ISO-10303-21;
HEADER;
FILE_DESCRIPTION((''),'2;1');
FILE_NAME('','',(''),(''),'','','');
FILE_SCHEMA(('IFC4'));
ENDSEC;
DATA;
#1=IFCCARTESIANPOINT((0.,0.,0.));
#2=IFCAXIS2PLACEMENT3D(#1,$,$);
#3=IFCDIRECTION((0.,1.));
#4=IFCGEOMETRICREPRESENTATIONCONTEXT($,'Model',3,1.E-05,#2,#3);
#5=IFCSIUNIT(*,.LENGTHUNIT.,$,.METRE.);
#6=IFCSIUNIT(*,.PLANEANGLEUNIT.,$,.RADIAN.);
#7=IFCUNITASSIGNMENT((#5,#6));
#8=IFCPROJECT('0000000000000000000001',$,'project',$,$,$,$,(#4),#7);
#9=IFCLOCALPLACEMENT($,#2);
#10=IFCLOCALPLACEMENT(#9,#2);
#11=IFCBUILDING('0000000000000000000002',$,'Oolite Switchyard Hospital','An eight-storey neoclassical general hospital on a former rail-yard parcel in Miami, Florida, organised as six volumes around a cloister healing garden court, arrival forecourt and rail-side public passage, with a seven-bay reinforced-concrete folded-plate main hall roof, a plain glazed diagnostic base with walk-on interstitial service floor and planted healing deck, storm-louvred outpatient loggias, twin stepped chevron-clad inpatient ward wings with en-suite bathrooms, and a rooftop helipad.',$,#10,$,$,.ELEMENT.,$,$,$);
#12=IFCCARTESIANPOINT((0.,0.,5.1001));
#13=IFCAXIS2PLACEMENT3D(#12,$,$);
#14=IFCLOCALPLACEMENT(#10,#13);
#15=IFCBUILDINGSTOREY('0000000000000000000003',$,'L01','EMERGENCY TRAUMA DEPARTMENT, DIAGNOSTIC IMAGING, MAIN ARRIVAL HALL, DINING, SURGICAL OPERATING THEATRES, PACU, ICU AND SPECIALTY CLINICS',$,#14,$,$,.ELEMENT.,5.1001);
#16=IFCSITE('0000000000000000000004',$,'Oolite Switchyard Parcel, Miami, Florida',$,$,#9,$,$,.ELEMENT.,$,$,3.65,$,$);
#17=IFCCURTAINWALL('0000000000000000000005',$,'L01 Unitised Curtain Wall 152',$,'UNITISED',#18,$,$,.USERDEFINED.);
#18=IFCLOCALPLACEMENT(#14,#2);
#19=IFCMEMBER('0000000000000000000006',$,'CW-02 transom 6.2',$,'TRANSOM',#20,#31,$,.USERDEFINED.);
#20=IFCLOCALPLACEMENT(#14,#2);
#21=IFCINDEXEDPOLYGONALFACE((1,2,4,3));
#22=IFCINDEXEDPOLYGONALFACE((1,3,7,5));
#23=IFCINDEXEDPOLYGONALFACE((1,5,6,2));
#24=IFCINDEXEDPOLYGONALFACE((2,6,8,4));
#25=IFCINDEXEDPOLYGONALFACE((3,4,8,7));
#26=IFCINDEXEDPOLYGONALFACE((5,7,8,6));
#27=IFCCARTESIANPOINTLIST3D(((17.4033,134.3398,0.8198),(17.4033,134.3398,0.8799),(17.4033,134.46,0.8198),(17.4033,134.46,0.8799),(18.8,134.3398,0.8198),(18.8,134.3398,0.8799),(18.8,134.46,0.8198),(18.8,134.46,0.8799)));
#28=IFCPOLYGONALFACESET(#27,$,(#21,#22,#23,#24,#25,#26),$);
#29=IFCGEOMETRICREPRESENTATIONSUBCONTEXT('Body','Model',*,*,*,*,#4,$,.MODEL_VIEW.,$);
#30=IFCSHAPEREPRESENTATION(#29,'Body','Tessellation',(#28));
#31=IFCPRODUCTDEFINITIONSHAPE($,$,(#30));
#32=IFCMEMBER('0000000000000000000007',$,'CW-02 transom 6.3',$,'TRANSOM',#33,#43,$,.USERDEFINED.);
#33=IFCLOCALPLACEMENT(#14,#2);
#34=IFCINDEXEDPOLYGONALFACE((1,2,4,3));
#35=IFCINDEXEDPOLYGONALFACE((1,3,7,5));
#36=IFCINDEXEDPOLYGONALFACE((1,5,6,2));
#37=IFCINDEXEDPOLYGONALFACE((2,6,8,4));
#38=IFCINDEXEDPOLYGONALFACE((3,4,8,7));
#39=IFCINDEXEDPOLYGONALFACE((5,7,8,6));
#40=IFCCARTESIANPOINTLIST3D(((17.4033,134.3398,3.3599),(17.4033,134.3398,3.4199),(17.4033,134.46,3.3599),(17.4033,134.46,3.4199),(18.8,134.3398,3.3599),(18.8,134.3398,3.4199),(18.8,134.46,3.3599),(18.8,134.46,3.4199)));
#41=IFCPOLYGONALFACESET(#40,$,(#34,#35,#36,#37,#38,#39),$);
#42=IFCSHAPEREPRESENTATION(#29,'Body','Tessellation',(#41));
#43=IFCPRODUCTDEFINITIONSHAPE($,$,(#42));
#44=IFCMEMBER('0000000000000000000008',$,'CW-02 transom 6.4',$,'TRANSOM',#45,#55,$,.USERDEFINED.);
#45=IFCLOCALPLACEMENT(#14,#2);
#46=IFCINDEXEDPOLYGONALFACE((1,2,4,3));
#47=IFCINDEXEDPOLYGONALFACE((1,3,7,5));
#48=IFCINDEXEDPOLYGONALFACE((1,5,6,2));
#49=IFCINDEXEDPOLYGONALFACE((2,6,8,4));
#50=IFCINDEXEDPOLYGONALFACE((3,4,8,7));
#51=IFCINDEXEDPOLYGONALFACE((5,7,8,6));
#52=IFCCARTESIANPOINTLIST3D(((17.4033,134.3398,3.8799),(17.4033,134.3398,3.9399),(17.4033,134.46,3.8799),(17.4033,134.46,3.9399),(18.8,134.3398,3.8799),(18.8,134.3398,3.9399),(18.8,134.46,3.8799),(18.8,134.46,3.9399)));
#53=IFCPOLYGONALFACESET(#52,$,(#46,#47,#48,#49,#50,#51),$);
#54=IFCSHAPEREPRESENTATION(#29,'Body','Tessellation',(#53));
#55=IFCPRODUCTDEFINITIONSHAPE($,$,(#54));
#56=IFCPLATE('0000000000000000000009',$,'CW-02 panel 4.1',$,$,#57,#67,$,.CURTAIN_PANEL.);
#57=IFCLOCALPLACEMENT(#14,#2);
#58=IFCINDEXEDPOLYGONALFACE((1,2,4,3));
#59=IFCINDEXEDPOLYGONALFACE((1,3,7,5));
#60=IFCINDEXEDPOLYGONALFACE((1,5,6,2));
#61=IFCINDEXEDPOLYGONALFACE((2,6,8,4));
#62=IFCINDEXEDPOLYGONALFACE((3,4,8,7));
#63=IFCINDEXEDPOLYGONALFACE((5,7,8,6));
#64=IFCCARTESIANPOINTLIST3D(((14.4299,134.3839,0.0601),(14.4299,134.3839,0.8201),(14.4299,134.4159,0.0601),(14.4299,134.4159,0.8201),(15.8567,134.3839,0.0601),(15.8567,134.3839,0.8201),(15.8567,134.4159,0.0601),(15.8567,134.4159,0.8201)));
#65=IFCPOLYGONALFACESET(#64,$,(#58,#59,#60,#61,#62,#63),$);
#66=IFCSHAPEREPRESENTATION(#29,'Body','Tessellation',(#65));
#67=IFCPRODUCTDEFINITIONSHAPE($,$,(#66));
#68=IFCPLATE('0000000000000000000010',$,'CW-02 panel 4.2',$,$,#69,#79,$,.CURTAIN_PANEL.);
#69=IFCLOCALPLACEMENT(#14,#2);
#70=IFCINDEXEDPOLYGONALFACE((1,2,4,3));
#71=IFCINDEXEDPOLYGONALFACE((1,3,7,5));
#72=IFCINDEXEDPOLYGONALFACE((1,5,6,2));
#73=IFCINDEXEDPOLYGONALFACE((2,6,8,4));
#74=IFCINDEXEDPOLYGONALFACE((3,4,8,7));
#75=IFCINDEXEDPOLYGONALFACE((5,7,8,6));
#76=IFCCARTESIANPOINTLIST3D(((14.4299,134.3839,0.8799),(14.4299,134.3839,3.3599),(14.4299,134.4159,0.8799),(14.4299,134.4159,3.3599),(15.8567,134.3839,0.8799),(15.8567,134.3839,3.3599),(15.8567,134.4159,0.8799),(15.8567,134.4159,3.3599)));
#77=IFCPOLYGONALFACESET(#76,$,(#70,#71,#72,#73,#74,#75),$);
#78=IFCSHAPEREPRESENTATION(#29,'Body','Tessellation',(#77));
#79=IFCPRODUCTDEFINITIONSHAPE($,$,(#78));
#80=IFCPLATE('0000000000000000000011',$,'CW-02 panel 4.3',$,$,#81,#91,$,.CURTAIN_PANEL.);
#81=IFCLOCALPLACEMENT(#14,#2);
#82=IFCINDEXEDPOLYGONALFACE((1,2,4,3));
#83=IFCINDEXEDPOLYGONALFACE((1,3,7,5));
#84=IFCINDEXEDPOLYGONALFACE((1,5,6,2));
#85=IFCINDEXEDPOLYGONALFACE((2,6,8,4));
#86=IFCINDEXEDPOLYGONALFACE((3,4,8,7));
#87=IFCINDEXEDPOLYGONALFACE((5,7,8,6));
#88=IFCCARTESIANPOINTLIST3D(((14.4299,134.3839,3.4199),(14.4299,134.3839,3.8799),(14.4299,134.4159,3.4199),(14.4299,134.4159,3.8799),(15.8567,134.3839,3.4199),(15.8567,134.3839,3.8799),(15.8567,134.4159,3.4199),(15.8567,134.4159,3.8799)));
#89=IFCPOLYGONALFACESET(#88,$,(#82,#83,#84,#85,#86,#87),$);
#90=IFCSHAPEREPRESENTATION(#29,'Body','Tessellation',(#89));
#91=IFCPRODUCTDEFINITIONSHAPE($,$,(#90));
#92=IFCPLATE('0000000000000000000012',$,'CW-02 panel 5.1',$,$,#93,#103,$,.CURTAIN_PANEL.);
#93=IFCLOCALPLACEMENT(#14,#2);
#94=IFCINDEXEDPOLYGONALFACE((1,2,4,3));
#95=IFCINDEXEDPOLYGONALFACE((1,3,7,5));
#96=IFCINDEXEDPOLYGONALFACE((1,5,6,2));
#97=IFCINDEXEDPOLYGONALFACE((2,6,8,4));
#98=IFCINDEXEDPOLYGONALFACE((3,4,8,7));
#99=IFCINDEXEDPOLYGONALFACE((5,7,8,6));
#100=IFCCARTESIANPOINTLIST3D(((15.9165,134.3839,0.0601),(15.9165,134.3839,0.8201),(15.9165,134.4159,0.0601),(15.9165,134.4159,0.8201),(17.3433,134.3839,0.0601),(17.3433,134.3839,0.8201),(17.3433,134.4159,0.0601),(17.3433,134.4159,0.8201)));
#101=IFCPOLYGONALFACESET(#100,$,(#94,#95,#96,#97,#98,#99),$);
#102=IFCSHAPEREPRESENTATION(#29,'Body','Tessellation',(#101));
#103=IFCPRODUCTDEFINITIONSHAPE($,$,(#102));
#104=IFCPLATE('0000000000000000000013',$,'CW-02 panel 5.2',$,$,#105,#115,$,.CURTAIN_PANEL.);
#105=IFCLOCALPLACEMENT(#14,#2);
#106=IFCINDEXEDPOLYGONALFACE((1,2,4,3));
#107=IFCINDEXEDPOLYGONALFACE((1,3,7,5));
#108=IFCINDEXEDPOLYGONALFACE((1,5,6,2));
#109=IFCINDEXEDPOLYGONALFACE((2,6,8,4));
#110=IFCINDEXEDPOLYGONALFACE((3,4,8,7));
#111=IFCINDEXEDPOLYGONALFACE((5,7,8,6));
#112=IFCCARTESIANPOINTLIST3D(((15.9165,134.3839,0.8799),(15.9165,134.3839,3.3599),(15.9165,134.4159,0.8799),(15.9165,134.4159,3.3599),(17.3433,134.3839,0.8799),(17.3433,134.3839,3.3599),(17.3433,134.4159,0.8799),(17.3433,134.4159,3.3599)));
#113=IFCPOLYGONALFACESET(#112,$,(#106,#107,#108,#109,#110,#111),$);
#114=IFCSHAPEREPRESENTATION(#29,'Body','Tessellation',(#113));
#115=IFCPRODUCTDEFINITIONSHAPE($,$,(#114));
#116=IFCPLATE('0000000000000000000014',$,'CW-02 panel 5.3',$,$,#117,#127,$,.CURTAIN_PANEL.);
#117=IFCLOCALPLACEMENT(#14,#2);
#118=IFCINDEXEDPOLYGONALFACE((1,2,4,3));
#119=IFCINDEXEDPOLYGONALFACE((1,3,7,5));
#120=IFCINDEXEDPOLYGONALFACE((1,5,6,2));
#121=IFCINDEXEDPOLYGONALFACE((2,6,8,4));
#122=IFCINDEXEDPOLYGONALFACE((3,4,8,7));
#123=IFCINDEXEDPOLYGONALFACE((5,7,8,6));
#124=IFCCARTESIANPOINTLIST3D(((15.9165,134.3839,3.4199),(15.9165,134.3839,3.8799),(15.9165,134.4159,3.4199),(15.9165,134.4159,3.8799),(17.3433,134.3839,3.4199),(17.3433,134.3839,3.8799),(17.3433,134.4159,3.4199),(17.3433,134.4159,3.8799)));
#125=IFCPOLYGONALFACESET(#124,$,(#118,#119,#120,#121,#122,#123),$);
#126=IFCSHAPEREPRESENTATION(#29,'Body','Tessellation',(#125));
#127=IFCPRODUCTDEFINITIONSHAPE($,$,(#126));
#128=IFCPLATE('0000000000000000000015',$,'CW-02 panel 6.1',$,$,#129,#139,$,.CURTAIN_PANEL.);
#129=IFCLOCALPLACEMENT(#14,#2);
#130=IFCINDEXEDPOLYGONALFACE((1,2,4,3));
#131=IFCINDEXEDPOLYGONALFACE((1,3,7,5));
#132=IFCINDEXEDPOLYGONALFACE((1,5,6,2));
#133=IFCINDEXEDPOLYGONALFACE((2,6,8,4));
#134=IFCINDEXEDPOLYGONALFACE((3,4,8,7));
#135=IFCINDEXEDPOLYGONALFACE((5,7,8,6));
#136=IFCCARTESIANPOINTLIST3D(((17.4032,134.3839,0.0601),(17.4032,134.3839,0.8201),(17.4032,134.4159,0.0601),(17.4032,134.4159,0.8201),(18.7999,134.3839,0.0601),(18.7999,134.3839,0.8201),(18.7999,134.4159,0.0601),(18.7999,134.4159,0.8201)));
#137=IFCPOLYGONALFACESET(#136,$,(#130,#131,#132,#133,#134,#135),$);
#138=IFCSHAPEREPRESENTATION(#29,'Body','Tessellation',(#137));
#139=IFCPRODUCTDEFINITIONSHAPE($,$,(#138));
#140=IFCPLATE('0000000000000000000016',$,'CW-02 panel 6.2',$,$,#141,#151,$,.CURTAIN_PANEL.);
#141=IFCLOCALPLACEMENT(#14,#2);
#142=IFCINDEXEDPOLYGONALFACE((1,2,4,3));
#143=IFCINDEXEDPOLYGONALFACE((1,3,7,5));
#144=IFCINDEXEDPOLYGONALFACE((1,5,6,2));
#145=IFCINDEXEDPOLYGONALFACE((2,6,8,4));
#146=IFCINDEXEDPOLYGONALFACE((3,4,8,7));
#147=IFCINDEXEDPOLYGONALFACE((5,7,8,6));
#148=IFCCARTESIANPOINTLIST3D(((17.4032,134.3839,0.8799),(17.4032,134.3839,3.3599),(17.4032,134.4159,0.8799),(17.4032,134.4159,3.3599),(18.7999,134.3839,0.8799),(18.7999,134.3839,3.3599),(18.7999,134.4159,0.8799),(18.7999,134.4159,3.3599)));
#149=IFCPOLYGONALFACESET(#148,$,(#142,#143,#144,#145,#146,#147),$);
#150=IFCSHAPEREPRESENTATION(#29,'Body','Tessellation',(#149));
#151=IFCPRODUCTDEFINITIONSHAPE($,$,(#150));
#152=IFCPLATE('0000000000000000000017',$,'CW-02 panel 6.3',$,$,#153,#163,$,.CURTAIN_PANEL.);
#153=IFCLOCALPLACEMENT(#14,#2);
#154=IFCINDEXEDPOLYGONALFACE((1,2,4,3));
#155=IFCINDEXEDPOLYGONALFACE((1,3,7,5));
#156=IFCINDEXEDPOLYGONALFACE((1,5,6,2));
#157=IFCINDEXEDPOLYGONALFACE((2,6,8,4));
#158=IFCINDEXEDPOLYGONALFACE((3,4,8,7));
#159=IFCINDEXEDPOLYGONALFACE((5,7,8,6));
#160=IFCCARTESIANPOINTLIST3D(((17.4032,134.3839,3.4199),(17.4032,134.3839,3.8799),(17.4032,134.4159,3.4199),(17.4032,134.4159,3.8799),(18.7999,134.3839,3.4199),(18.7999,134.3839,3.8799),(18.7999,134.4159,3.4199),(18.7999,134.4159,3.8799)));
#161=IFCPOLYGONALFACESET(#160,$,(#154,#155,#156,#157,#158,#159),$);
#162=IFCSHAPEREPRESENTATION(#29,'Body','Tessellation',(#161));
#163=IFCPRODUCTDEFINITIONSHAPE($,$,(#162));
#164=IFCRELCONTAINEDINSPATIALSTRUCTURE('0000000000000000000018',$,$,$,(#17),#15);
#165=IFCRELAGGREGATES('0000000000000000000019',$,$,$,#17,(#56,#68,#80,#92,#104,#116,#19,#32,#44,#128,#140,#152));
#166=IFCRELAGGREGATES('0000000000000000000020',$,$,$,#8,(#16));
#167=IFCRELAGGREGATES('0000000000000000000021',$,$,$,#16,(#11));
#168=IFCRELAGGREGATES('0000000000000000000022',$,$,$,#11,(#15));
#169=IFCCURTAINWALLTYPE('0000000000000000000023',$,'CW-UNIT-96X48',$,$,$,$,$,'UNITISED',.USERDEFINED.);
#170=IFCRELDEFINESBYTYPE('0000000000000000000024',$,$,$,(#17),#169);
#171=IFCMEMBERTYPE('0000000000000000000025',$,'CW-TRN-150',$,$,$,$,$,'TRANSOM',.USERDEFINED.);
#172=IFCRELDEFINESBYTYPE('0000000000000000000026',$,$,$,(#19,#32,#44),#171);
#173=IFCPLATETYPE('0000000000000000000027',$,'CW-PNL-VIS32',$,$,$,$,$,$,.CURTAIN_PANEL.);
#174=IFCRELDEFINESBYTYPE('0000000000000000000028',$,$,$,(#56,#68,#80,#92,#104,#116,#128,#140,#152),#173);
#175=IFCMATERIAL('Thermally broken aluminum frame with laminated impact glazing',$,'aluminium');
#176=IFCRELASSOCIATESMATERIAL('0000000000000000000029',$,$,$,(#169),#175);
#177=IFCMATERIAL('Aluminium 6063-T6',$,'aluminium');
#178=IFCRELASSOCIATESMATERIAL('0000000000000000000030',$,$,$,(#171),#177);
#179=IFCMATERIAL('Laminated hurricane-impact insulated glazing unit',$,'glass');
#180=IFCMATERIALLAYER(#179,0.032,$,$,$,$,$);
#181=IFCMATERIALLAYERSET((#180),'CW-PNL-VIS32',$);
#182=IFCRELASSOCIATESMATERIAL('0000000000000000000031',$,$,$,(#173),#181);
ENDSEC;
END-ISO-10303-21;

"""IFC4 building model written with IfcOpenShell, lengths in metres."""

from ifc_helpers import new_model, si_unit, direction, frame, origin, origin_2d, place, context, subcontext, project, spatial, rectangle, extrude, material, layer, layer_set, material_profile, profile_set, type_object, element, aggregate, save


model = new_model("IFC4")

# Units and contexts
model_context = context("Model", 3, precision=1e-05, world=origin(), true_north=direction((0.0, 1.0)))
body_context = subcontext(model_context, "Body", "Model", "MODEL_VIEW")
ifc_project = project(units=[si_unit("LENGTHUNIT", "METRE"), si_unit("PLANEANGLEUNIT", "RADIAN")], contexts=[model_context])

# Site, building, storey
site_placement = place(None, origin())
site = spatial("IfcSite", under=ifc_project, at=site_placement, Name="Oolite Switchyard Parcel, Miami, Florida", CompositionType="ELEMENT", RefElevation=3.65)
building_placement = place(site_placement, origin())
building = spatial("IfcBuilding", under=site, at=building_placement, Name="Oolite Switchyard Hospital", Description="An eight-storey neoclassical general hospital on a former rail-yard parcel in Miami, Florida, organised as six volumes around a cloister healing garden court, arrival forecourt and rail-side public passage, with a seven-bay reinforced-concrete folded-plate main hall roof, a plain glazed diagnostic base with walk-on interstitial service floor and planted healing deck, storm-louvred outpatient loggias, twin stepped chevron-clad inpatient ward wings with en-suite bathrooms, and a rooftop helipad.", CompositionType="ELEMENT")
storey_placement = place(building_placement, frame((0.0, 0.0, 5.1001)))
storey = spatial("IfcBuildingStorey", under=building, at=storey_placement, Name="L01", Description="EMERGENCY TRAUMA DEPARTMENT, DIAGNOSTIC IMAGING, MAIN ARRIVAL HALL, DINING, SURGICAL OPERATING THEATRES, PACU, ICU AND SPECIALTY CLINICS", CompositionType="ELEMENT", Elevation=5.1001)

# Curtain wall, members, plates
ifc_material_1 = material(Name="Thermally broken aluminum frame with laminated impact glazing", Category="aluminium")
curtain_wall_type = type_object("IfcCurtainWallType", Name="CW-UNIT-96X48", ElementType="UNITISED", PredefinedType="USERDEFINED", material=ifc_material_1)
curtain_wall_placement = place(storey_placement, origin())
curtain_wall = element("IfcCurtainWall", 1, at=curtain_wall_placement, inside=storey, type_object=curtain_wall_type, Name="L01 Unitised Curtain Wall 152", ObjectType="UNITISED", PredefinedType="USERDEFINED")
ifc_material_2 = material(Name="Aluminium 6063-T6", Category="aluminium")
ifc_material_profile_1 = material_profile(ifc_material_2, rectangle(XDim=0.1201, YDim=0.0601, at=origin_2d()), Name="CWT60X120")
ifc_profile_set_1 = profile_set([ifc_material_profile_1], Name="Aluminium 6063-T6")
member_type_1 = type_object("IfcMemberType", Name="CW-TRN-150", ElementType="TRANSOM", PredefinedType="USERDEFINED", material=ifc_profile_set_1)
member_1_placement = place(storey_placement, frame((17.4033, 134.3999, 0.8499), z_axis=(1.0, 0.0, 0.0), x_axis=(0.0, 1.0, 0.0)))
member_1 = element("IfcMember", 2, at=member_1_placement, type_object=member_type_1, Name="CW-02 transom 6.2", ObjectType="TRANSOM", PredefinedType="USERDEFINED", context=body_context, shape_type="SweptSolid", body=[
    extrude(rectangle(XDim=0.1201, YDim=0.0601, at=origin_2d()), origin(), (0.0, 0.0, 1.0), 1.3967),
])
member_2_placement = place(storey_placement, frame((17.4033, 134.3999, 3.3899), z_axis=(1.0, 0.0, 0.0), x_axis=(0.0, 1.0, 0.0)))
member_2 = element("IfcMember", 3, at=member_2_placement, type_object=member_type_1, Name="CW-02 transom 6.3", ObjectType="TRANSOM", PredefinedType="USERDEFINED", context=body_context, shape_type="SweptSolid", body=[
    extrude(rectangle(XDim=0.1201, YDim=0.0601, at=origin_2d()), origin(), (0.0, 0.0, 1.0), 1.3967),
])
member_3_placement = place(storey_placement, frame((17.4033, 134.3999, 3.9099), z_axis=(1.0, 0.0, 0.0), x_axis=(0.0, 1.0, 0.0)))
member_3 = element("IfcMember", 4, at=member_3_placement, type_object=member_type_1, Name="CW-02 transom 6.4", ObjectType="TRANSOM", PredefinedType="USERDEFINED", context=body_context, shape_type="SweptSolid", body=[
    extrude(rectangle(XDim=0.1201, YDim=0.0601, at=origin_2d()), origin(), (0.0, 0.0, 1.0), 1.3967),
])
ifc_material_3 = material(Name="Laminated hurricane-impact insulated glazing unit", Category="glass")
ifc_layer = layer(ifc_material_3, 0.032)
ifc_layer_set = layer_set([ifc_layer], Name="CW-PNL-VIS32")
plate_type = type_object("IfcPlateType", Name="CW-PNL-VIS32", PredefinedType="CURTAIN_PANEL", material=ifc_layer_set)
plate_1_placement = place(storey_placement, frame((15.1433, 134.3999, 0.0601), z_axis=(0.0, 0.0, 1.0), x_axis=(1.0, 0.0, 0.0)))
plate_1 = element("IfcPlate", 5, at=plate_1_placement, type_object=plate_type, Name="CW-02 panel 4.1", PredefinedType="CURTAIN_PANEL", context=body_context, shape_type="SweptSolid", body=[
    extrude(rectangle(XDim=1.4268, YDim=0.032, at=origin_2d()), origin(), (0.0, 0.0, 1.0), 0.76),
])
plate_2_placement = place(storey_placement, frame((15.1433, 134.3999, 0.8799), z_axis=(0.0, 0.0, 1.0), x_axis=(1.0, 0.0, 0.0)))
plate_2 = element("IfcPlate", 6, at=plate_2_placement, type_object=plate_type, Name="CW-02 panel 4.2", PredefinedType="CURTAIN_PANEL", context=body_context, shape_type="SweptSolid", body=[
    extrude(rectangle(XDim=1.4268, YDim=0.032, at=origin_2d()), origin(), (0.0, 0.0, 1.0), 2.48),
])
plate_3_placement = place(storey_placement, frame((15.1433, 134.3999, 3.4199), z_axis=(0.0, 0.0, 1.0), x_axis=(1.0, 0.0, 0.0)))
plate_3 = element("IfcPlate", 7, at=plate_3_placement, type_object=plate_type, Name="CW-02 panel 4.3", PredefinedType="CURTAIN_PANEL", context=body_context, shape_type="SweptSolid", body=[
    extrude(rectangle(XDim=1.4268, YDim=0.032, at=origin_2d()), origin(), (0.0, 0.0, 1.0), 0.46),
])
plate_4_placement = place(storey_placement, frame((16.6299, 134.3999, 0.0601), z_axis=(0.0, 0.0, 1.0), x_axis=(1.0, 0.0, 0.0)))
plate_4 = element("IfcPlate", 8, at=plate_4_placement, type_object=plate_type, Name="CW-02 panel 5.1", PredefinedType="CURTAIN_PANEL", context=body_context, shape_type="SweptSolid", body=[
    extrude(rectangle(XDim=1.4268, YDim=0.032, at=origin_2d()), origin(), (0.0, 0.0, 1.0), 0.76),
])
plate_5_placement = place(storey_placement, frame((16.6299, 134.3999, 0.8799), z_axis=(0.0, 0.0, 1.0), x_axis=(1.0, 0.0, 0.0)))
plate_5 = element("IfcPlate", 9, at=plate_5_placement, type_object=plate_type, Name="CW-02 panel 5.2", PredefinedType="CURTAIN_PANEL", context=body_context, shape_type="SweptSolid", body=[
    extrude(rectangle(XDim=1.4268, YDim=0.032, at=origin_2d()), origin(), (0.0, 0.0, 1.0), 2.48),
])
plate_6_placement = place(storey_placement, frame((16.6299, 134.3999, 3.4199), z_axis=(0.0, 0.0, 1.0), x_axis=(1.0, 0.0, 0.0)))
plate_6 = element("IfcPlate", 10, at=plate_6_placement, type_object=plate_type, Name="CW-02 panel 5.3", PredefinedType="CURTAIN_PANEL", context=body_context, shape_type="SweptSolid", body=[
    extrude(rectangle(XDim=1.4268, YDim=0.032, at=origin_2d()), origin(), (0.0, 0.0, 1.0), 0.46),
])
plate_7_placement = place(storey_placement, frame((18.1016, 134.3999, 0.0601), z_axis=(0.0, 0.0, 1.0), x_axis=(1.0, 0.0, 0.0)))
plate_7 = element("IfcPlate", 11, at=plate_7_placement, type_object=plate_type, Name="CW-02 panel 6.1", PredefinedType="CURTAIN_PANEL", context=body_context, shape_type="SweptSolid", body=[
    extrude(rectangle(XDim=1.3967, YDim=0.032, at=origin_2d()), origin(), (0.0, 0.0, 1.0), 0.76),
])
plate_8_placement = place(storey_placement, frame((18.1016, 134.3999, 0.8799), z_axis=(0.0, 0.0, 1.0), x_axis=(1.0, 0.0, 0.0)))
plate_8 = element("IfcPlate", 12, at=plate_8_placement, type_object=plate_type, Name="CW-02 panel 6.2", PredefinedType="CURTAIN_PANEL", context=body_context, shape_type="SweptSolid", body=[
    extrude(rectangle(XDim=1.3967, YDim=0.032, at=origin_2d()), origin(), (0.0, 0.0, 1.0), 2.48),
])
plate_9_placement = place(storey_placement, frame((18.1016, 134.3999, 3.4199), z_axis=(0.0, 0.0, 1.0), x_axis=(1.0, 0.0, 0.0)))
plate_9 = element("IfcPlate", 13, at=plate_9_placement, type_object=plate_type, Name="CW-02 panel 6.3", PredefinedType="CURTAIN_PANEL", context=body_context, shape_type="SweptSolid", body=[
    extrude(rectangle(XDim=1.3967, YDim=0.032, at=origin_2d()), origin(), (0.0, 0.0, 1.0), 0.46),
])
aggregate(curtain_wall, [plate_1, plate_2, plate_3, plate_4, plate_5, plate_6, member_1, member_2, member_3, plate_7, plate_8, plate_9])

save(model, "model.ifc")
